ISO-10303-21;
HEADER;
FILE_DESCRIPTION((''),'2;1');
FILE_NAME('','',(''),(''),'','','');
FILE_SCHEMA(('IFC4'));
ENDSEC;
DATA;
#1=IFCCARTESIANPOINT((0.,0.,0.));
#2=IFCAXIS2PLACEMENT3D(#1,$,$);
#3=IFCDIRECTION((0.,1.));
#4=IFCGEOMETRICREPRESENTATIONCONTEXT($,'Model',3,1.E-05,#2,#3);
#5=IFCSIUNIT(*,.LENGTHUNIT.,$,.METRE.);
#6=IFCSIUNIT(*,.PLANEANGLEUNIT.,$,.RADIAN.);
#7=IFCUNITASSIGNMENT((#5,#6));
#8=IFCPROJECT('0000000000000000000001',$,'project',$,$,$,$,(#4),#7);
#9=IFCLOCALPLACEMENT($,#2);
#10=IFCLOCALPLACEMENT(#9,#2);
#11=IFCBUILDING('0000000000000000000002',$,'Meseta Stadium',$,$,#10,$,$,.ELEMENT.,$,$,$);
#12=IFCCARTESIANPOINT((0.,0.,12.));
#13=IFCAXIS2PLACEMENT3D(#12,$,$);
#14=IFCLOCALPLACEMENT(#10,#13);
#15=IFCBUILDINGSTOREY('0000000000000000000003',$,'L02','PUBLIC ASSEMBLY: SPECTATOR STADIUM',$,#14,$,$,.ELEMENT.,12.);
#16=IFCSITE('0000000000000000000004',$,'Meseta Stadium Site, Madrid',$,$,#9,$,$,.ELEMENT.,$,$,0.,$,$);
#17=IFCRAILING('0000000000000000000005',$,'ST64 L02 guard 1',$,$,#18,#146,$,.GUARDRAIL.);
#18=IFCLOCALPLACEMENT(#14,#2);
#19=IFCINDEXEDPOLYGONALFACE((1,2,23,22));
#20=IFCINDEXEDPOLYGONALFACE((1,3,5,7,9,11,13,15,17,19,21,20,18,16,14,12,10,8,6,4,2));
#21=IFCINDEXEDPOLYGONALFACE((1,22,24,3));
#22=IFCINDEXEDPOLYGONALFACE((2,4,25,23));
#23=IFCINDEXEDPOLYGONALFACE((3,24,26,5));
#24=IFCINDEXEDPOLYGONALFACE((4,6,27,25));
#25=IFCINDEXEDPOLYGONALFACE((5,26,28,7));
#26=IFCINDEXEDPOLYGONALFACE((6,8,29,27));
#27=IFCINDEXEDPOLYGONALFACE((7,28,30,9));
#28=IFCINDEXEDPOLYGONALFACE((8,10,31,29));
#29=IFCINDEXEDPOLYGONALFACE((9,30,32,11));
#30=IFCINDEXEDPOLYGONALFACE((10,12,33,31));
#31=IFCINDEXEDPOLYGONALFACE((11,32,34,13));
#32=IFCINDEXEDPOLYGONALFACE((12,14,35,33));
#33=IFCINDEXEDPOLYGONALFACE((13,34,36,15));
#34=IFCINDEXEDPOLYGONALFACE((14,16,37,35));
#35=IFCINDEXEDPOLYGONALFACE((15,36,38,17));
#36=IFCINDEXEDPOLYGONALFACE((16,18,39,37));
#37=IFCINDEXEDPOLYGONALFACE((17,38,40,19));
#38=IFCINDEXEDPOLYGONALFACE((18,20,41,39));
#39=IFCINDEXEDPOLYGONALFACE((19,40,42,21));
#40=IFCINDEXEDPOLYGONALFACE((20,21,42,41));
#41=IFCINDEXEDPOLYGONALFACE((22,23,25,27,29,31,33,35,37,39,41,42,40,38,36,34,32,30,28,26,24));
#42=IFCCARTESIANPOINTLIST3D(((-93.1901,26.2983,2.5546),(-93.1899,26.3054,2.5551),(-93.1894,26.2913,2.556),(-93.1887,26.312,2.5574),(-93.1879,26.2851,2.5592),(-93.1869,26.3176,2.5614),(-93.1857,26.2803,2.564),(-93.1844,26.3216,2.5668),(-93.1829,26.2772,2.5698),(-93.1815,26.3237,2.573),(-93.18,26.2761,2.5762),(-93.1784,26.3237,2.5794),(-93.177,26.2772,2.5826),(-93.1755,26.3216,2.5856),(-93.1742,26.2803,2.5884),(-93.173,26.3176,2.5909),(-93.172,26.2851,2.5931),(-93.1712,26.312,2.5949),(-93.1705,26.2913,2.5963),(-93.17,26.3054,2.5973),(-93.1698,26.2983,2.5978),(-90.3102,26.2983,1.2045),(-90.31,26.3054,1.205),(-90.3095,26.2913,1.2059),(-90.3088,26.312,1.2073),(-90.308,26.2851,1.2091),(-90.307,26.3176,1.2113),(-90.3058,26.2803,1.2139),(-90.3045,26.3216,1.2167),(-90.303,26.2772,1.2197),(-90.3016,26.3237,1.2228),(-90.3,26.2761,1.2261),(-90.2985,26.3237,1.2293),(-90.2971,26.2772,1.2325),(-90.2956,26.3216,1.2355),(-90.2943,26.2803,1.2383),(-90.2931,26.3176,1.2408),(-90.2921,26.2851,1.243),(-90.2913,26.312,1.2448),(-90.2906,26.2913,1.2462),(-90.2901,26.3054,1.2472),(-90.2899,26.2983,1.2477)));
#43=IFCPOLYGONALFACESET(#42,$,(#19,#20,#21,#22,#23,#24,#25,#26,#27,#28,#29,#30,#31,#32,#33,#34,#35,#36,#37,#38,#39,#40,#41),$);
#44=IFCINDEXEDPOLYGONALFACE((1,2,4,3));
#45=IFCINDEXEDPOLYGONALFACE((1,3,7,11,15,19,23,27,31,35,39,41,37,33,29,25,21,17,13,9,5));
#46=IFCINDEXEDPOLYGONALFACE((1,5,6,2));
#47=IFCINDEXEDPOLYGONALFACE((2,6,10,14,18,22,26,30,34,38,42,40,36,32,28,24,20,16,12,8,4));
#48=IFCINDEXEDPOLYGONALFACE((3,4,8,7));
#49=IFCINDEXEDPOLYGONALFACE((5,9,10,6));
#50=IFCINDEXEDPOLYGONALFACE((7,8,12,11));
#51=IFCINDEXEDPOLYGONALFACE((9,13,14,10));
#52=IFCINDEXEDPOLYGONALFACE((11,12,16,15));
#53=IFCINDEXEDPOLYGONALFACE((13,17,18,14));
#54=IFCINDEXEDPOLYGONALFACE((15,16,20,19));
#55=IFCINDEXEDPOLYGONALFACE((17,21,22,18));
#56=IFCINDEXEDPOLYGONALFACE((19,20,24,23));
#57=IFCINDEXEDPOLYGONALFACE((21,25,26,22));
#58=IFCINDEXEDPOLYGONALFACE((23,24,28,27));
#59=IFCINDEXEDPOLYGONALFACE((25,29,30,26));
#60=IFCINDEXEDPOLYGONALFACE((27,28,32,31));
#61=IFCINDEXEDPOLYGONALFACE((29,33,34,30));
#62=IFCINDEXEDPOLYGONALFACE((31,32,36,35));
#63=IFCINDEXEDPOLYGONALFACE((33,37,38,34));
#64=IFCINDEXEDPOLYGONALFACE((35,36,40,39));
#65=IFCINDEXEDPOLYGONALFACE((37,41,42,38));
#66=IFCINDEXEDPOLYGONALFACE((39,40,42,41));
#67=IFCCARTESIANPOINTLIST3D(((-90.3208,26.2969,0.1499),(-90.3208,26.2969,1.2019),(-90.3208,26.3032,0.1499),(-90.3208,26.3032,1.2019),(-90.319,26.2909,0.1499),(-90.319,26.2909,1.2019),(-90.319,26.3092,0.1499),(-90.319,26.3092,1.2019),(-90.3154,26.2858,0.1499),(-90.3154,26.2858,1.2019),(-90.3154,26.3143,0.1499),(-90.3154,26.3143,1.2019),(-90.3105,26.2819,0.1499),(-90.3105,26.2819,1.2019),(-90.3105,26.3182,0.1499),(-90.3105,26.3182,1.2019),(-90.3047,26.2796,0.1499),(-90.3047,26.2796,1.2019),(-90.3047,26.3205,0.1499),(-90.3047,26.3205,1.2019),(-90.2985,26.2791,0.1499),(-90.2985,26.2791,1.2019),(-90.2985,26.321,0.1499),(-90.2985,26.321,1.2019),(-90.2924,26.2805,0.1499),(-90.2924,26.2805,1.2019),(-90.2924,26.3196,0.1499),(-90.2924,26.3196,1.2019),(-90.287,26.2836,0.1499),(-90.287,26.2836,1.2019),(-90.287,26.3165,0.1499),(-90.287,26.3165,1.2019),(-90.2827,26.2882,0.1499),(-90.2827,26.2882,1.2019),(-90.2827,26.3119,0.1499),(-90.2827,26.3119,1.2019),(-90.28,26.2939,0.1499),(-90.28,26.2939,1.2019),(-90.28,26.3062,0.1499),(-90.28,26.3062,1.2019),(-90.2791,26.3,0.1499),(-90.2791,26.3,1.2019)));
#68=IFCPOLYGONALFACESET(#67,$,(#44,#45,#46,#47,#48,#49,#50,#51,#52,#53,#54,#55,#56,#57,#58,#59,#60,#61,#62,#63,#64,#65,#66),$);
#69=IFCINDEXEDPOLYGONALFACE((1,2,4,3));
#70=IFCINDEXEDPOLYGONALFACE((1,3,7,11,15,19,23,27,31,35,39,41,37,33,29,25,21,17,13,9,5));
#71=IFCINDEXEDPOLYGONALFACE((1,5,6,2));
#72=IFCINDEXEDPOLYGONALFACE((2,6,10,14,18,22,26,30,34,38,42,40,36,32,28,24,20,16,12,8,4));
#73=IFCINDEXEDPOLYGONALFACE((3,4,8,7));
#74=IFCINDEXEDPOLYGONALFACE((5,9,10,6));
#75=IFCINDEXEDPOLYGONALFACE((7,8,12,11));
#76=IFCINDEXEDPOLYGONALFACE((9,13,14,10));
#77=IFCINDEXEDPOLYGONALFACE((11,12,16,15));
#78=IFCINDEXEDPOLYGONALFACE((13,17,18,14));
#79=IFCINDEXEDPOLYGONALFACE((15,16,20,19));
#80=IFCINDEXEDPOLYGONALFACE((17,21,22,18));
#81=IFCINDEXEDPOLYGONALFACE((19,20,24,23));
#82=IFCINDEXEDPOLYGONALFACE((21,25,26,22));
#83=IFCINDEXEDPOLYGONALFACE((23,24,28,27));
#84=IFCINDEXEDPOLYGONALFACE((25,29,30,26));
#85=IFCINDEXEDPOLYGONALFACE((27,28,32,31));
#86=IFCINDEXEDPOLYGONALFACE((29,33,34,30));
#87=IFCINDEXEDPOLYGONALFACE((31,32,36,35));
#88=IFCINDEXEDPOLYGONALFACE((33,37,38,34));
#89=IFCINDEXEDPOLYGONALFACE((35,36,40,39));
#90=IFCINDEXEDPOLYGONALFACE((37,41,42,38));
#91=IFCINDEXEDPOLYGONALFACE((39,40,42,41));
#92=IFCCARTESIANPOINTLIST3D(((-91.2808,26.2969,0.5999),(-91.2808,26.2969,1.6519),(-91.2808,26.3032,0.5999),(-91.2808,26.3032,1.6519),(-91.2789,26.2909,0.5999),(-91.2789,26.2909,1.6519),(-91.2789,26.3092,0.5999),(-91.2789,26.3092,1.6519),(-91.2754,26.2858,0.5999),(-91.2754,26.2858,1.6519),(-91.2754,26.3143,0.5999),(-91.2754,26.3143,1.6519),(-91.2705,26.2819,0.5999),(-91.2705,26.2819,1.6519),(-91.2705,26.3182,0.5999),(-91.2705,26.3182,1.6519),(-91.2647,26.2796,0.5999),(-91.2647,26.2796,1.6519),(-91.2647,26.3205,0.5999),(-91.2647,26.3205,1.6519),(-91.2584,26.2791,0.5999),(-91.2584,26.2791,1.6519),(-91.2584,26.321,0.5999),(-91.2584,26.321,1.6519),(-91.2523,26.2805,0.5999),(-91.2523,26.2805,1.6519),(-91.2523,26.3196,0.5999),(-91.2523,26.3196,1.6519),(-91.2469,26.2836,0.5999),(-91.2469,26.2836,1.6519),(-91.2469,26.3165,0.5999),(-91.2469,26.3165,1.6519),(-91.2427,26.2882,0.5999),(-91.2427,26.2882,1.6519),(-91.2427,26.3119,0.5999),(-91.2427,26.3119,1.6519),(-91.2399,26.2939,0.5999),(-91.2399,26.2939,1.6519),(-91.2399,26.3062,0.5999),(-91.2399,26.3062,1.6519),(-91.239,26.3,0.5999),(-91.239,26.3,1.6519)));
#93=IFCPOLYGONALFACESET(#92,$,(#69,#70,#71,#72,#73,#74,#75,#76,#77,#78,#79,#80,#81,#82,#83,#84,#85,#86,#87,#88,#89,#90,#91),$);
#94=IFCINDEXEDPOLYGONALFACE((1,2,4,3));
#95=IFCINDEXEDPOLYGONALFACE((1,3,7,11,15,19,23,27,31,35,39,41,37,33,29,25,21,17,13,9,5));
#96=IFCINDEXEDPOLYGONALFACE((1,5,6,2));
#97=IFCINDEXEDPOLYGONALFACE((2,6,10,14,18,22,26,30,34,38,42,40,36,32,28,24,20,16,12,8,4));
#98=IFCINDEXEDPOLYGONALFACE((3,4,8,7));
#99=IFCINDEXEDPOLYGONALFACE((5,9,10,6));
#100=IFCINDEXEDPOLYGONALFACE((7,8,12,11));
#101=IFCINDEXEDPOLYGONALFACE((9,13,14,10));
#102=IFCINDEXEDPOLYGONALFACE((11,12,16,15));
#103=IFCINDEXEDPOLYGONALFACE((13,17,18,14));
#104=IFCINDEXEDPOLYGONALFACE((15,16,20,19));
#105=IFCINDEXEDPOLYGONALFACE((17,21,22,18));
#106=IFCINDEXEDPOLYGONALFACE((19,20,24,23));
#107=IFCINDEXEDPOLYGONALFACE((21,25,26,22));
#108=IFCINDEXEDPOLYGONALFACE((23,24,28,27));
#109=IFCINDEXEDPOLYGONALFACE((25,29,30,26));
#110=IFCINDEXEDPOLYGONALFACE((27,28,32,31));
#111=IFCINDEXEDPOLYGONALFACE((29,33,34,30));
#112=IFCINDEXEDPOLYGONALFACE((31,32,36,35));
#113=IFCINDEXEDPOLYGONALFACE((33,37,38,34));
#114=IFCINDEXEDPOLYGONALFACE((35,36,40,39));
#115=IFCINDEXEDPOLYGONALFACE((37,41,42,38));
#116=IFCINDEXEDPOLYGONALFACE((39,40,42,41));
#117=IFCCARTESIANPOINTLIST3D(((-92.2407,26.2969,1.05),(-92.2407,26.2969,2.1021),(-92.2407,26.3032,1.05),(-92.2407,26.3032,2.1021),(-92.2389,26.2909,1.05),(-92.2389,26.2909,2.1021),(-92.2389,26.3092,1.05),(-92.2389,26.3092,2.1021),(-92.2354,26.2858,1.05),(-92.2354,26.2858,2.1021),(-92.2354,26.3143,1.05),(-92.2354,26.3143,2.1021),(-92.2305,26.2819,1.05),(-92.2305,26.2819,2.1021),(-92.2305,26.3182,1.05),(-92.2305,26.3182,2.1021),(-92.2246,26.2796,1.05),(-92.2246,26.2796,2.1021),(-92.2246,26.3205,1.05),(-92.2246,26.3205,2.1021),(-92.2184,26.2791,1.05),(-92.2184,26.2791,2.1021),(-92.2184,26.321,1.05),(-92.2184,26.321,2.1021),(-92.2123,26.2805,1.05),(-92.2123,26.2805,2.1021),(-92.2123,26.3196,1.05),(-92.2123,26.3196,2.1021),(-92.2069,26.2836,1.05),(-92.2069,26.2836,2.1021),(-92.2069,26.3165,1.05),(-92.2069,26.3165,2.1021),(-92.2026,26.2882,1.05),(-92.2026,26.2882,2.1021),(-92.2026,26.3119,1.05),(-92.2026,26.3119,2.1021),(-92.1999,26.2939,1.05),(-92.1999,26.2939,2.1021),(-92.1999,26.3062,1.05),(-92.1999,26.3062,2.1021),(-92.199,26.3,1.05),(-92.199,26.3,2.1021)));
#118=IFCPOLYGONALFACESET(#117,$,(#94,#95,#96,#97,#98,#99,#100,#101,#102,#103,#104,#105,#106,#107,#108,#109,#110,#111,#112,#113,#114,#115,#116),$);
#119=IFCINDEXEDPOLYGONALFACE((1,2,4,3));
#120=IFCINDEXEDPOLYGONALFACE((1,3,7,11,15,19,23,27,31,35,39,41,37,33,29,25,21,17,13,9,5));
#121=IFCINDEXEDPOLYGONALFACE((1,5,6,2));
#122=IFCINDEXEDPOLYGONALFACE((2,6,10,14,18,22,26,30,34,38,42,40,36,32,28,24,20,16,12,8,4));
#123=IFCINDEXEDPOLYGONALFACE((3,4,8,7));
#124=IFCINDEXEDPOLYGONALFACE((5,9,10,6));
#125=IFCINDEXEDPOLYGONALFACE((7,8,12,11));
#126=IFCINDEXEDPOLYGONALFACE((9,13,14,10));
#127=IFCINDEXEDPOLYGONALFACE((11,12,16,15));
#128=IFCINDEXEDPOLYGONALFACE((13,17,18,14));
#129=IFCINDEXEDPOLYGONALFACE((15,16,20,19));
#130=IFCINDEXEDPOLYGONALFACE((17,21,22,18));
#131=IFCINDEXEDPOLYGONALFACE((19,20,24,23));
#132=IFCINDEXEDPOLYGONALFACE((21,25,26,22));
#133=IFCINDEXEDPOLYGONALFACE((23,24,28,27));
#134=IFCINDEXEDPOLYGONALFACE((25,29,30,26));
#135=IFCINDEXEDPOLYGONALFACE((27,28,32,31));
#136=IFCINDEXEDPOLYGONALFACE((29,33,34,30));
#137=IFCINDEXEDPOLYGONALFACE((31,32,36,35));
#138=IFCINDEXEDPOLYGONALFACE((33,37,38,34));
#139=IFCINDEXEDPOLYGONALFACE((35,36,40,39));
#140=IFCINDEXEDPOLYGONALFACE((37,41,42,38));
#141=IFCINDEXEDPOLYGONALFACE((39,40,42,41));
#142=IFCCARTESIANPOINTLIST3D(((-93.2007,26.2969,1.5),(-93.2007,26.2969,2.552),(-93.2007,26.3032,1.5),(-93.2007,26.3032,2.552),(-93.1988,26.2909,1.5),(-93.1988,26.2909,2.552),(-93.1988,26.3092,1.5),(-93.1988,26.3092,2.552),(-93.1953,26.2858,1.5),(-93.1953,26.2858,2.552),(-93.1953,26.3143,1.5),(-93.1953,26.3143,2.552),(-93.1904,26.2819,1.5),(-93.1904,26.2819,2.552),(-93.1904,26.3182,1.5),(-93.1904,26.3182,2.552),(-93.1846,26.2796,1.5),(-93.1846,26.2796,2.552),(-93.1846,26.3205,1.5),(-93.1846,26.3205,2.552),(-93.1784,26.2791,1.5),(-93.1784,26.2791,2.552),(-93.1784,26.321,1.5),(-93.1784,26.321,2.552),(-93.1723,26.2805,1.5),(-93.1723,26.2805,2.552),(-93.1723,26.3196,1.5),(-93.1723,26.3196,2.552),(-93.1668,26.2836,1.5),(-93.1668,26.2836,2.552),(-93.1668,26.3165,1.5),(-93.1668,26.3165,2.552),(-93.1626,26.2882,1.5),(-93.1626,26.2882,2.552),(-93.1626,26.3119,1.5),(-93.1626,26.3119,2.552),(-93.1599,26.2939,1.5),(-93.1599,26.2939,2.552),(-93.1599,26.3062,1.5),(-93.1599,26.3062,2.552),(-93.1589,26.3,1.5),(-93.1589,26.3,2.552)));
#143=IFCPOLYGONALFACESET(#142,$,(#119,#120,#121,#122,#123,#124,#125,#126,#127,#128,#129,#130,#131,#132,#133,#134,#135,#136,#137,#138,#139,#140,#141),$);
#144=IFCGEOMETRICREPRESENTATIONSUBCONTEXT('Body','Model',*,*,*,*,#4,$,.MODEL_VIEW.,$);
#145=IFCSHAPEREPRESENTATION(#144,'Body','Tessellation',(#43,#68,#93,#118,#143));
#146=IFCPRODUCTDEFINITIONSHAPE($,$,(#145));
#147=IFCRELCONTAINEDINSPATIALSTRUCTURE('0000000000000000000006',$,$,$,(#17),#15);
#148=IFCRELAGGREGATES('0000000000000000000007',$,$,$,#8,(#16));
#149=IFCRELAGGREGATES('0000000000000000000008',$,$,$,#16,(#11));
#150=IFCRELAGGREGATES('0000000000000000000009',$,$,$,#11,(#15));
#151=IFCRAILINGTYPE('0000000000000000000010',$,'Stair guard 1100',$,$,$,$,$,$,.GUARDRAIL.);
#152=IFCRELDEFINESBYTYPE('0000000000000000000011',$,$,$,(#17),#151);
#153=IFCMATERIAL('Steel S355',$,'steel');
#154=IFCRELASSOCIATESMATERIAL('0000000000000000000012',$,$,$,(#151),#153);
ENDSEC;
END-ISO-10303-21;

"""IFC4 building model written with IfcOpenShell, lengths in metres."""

from ifc_helpers import new_model, si_unit, direction, frame, origin, origin_2d, place, context, subcontext, project, spatial, circle, extrude, material, type_object, element, save


model = new_model("IFC4")

# Units and contexts
model_context = context("Model", 3, precision=1e-05, world=origin(), true_north=direction((0.0, 1.0)))
body_context = subcontext(model_context, "Body", "Model", "MODEL_VIEW")
ifc_project = project(units=[si_unit("LENGTHUNIT", "METRE"), si_unit("PLANEANGLEUNIT", "RADIAN")], contexts=[model_context])

# Site, building, storey
site_placement = place(None, origin())
site = spatial("IfcSite", under=ifc_project, at=site_placement, Name="Meseta Stadium Site, Madrid", CompositionType="ELEMENT", RefElevation=0.0)
building_placement = place(site_placement, origin())
building = spatial("IfcBuilding", under=site, at=building_placement, Name="Meseta Stadium", CompositionType="ELEMENT")
storey_placement = place(building_placement, frame((0.0, 0.0, 12.0)))
storey = spatial("IfcBuildingStorey", under=building, at=storey_placement, Name="L02", Description="PUBLIC ASSEMBLY: SPECTATOR STADIUM", CompositionType="ELEMENT", Elevation=12.0)

# Railing
ifc_material_1 = material(Name="Steel S355", Category="steel")
railing_type_1 = type_object("IfcRailingType", Name="Stair guard 1100", PredefinedType="GUARDRAIL", material=ifc_material_1)
railing_1_placement = place(storey_placement, frame((-90.3, 26.3, 0.1499)))
element("IfcRailing", 1, at=railing_1_placement, inside=storey, type_object=railing_type_1, Name="ST64 L02 guard 1", PredefinedType="GUARDRAIL", context=body_context, shape_type="SweptSolid", body=[
    extrude(circle(Radius=0.0239, at=origin_2d()), frame((0.0, 0.0, 1.0762), z_axis=(-0.90544, 0.0, 0.424473), x_axis=(0.0, -1.0, 0.0)), (0.0, 0.0, 1.0), 3.1807),
    extrude(circle(Radius=0.021, at=origin_2d()), origin(), (0.0, 0.0, 1.0), 1.052),
    extrude(circle(Radius=0.021, at=origin_2d()), frame((-0.96, 0.0, 0.45)), (0.0, 0.0, 1.0), 1.052),
    extrude(circle(Radius=0.021, at=origin_2d()), frame((-1.9199, 0.0, 0.9001)), (0.0, 0.0, 1.0), 1.052),
    extrude(circle(Radius=0.021, at=origin_2d()), frame((-2.8799, 0.0, 1.3501)), (0.0, 0.0, 1.0), 1.052),
])

save(model, "model.ifc")
